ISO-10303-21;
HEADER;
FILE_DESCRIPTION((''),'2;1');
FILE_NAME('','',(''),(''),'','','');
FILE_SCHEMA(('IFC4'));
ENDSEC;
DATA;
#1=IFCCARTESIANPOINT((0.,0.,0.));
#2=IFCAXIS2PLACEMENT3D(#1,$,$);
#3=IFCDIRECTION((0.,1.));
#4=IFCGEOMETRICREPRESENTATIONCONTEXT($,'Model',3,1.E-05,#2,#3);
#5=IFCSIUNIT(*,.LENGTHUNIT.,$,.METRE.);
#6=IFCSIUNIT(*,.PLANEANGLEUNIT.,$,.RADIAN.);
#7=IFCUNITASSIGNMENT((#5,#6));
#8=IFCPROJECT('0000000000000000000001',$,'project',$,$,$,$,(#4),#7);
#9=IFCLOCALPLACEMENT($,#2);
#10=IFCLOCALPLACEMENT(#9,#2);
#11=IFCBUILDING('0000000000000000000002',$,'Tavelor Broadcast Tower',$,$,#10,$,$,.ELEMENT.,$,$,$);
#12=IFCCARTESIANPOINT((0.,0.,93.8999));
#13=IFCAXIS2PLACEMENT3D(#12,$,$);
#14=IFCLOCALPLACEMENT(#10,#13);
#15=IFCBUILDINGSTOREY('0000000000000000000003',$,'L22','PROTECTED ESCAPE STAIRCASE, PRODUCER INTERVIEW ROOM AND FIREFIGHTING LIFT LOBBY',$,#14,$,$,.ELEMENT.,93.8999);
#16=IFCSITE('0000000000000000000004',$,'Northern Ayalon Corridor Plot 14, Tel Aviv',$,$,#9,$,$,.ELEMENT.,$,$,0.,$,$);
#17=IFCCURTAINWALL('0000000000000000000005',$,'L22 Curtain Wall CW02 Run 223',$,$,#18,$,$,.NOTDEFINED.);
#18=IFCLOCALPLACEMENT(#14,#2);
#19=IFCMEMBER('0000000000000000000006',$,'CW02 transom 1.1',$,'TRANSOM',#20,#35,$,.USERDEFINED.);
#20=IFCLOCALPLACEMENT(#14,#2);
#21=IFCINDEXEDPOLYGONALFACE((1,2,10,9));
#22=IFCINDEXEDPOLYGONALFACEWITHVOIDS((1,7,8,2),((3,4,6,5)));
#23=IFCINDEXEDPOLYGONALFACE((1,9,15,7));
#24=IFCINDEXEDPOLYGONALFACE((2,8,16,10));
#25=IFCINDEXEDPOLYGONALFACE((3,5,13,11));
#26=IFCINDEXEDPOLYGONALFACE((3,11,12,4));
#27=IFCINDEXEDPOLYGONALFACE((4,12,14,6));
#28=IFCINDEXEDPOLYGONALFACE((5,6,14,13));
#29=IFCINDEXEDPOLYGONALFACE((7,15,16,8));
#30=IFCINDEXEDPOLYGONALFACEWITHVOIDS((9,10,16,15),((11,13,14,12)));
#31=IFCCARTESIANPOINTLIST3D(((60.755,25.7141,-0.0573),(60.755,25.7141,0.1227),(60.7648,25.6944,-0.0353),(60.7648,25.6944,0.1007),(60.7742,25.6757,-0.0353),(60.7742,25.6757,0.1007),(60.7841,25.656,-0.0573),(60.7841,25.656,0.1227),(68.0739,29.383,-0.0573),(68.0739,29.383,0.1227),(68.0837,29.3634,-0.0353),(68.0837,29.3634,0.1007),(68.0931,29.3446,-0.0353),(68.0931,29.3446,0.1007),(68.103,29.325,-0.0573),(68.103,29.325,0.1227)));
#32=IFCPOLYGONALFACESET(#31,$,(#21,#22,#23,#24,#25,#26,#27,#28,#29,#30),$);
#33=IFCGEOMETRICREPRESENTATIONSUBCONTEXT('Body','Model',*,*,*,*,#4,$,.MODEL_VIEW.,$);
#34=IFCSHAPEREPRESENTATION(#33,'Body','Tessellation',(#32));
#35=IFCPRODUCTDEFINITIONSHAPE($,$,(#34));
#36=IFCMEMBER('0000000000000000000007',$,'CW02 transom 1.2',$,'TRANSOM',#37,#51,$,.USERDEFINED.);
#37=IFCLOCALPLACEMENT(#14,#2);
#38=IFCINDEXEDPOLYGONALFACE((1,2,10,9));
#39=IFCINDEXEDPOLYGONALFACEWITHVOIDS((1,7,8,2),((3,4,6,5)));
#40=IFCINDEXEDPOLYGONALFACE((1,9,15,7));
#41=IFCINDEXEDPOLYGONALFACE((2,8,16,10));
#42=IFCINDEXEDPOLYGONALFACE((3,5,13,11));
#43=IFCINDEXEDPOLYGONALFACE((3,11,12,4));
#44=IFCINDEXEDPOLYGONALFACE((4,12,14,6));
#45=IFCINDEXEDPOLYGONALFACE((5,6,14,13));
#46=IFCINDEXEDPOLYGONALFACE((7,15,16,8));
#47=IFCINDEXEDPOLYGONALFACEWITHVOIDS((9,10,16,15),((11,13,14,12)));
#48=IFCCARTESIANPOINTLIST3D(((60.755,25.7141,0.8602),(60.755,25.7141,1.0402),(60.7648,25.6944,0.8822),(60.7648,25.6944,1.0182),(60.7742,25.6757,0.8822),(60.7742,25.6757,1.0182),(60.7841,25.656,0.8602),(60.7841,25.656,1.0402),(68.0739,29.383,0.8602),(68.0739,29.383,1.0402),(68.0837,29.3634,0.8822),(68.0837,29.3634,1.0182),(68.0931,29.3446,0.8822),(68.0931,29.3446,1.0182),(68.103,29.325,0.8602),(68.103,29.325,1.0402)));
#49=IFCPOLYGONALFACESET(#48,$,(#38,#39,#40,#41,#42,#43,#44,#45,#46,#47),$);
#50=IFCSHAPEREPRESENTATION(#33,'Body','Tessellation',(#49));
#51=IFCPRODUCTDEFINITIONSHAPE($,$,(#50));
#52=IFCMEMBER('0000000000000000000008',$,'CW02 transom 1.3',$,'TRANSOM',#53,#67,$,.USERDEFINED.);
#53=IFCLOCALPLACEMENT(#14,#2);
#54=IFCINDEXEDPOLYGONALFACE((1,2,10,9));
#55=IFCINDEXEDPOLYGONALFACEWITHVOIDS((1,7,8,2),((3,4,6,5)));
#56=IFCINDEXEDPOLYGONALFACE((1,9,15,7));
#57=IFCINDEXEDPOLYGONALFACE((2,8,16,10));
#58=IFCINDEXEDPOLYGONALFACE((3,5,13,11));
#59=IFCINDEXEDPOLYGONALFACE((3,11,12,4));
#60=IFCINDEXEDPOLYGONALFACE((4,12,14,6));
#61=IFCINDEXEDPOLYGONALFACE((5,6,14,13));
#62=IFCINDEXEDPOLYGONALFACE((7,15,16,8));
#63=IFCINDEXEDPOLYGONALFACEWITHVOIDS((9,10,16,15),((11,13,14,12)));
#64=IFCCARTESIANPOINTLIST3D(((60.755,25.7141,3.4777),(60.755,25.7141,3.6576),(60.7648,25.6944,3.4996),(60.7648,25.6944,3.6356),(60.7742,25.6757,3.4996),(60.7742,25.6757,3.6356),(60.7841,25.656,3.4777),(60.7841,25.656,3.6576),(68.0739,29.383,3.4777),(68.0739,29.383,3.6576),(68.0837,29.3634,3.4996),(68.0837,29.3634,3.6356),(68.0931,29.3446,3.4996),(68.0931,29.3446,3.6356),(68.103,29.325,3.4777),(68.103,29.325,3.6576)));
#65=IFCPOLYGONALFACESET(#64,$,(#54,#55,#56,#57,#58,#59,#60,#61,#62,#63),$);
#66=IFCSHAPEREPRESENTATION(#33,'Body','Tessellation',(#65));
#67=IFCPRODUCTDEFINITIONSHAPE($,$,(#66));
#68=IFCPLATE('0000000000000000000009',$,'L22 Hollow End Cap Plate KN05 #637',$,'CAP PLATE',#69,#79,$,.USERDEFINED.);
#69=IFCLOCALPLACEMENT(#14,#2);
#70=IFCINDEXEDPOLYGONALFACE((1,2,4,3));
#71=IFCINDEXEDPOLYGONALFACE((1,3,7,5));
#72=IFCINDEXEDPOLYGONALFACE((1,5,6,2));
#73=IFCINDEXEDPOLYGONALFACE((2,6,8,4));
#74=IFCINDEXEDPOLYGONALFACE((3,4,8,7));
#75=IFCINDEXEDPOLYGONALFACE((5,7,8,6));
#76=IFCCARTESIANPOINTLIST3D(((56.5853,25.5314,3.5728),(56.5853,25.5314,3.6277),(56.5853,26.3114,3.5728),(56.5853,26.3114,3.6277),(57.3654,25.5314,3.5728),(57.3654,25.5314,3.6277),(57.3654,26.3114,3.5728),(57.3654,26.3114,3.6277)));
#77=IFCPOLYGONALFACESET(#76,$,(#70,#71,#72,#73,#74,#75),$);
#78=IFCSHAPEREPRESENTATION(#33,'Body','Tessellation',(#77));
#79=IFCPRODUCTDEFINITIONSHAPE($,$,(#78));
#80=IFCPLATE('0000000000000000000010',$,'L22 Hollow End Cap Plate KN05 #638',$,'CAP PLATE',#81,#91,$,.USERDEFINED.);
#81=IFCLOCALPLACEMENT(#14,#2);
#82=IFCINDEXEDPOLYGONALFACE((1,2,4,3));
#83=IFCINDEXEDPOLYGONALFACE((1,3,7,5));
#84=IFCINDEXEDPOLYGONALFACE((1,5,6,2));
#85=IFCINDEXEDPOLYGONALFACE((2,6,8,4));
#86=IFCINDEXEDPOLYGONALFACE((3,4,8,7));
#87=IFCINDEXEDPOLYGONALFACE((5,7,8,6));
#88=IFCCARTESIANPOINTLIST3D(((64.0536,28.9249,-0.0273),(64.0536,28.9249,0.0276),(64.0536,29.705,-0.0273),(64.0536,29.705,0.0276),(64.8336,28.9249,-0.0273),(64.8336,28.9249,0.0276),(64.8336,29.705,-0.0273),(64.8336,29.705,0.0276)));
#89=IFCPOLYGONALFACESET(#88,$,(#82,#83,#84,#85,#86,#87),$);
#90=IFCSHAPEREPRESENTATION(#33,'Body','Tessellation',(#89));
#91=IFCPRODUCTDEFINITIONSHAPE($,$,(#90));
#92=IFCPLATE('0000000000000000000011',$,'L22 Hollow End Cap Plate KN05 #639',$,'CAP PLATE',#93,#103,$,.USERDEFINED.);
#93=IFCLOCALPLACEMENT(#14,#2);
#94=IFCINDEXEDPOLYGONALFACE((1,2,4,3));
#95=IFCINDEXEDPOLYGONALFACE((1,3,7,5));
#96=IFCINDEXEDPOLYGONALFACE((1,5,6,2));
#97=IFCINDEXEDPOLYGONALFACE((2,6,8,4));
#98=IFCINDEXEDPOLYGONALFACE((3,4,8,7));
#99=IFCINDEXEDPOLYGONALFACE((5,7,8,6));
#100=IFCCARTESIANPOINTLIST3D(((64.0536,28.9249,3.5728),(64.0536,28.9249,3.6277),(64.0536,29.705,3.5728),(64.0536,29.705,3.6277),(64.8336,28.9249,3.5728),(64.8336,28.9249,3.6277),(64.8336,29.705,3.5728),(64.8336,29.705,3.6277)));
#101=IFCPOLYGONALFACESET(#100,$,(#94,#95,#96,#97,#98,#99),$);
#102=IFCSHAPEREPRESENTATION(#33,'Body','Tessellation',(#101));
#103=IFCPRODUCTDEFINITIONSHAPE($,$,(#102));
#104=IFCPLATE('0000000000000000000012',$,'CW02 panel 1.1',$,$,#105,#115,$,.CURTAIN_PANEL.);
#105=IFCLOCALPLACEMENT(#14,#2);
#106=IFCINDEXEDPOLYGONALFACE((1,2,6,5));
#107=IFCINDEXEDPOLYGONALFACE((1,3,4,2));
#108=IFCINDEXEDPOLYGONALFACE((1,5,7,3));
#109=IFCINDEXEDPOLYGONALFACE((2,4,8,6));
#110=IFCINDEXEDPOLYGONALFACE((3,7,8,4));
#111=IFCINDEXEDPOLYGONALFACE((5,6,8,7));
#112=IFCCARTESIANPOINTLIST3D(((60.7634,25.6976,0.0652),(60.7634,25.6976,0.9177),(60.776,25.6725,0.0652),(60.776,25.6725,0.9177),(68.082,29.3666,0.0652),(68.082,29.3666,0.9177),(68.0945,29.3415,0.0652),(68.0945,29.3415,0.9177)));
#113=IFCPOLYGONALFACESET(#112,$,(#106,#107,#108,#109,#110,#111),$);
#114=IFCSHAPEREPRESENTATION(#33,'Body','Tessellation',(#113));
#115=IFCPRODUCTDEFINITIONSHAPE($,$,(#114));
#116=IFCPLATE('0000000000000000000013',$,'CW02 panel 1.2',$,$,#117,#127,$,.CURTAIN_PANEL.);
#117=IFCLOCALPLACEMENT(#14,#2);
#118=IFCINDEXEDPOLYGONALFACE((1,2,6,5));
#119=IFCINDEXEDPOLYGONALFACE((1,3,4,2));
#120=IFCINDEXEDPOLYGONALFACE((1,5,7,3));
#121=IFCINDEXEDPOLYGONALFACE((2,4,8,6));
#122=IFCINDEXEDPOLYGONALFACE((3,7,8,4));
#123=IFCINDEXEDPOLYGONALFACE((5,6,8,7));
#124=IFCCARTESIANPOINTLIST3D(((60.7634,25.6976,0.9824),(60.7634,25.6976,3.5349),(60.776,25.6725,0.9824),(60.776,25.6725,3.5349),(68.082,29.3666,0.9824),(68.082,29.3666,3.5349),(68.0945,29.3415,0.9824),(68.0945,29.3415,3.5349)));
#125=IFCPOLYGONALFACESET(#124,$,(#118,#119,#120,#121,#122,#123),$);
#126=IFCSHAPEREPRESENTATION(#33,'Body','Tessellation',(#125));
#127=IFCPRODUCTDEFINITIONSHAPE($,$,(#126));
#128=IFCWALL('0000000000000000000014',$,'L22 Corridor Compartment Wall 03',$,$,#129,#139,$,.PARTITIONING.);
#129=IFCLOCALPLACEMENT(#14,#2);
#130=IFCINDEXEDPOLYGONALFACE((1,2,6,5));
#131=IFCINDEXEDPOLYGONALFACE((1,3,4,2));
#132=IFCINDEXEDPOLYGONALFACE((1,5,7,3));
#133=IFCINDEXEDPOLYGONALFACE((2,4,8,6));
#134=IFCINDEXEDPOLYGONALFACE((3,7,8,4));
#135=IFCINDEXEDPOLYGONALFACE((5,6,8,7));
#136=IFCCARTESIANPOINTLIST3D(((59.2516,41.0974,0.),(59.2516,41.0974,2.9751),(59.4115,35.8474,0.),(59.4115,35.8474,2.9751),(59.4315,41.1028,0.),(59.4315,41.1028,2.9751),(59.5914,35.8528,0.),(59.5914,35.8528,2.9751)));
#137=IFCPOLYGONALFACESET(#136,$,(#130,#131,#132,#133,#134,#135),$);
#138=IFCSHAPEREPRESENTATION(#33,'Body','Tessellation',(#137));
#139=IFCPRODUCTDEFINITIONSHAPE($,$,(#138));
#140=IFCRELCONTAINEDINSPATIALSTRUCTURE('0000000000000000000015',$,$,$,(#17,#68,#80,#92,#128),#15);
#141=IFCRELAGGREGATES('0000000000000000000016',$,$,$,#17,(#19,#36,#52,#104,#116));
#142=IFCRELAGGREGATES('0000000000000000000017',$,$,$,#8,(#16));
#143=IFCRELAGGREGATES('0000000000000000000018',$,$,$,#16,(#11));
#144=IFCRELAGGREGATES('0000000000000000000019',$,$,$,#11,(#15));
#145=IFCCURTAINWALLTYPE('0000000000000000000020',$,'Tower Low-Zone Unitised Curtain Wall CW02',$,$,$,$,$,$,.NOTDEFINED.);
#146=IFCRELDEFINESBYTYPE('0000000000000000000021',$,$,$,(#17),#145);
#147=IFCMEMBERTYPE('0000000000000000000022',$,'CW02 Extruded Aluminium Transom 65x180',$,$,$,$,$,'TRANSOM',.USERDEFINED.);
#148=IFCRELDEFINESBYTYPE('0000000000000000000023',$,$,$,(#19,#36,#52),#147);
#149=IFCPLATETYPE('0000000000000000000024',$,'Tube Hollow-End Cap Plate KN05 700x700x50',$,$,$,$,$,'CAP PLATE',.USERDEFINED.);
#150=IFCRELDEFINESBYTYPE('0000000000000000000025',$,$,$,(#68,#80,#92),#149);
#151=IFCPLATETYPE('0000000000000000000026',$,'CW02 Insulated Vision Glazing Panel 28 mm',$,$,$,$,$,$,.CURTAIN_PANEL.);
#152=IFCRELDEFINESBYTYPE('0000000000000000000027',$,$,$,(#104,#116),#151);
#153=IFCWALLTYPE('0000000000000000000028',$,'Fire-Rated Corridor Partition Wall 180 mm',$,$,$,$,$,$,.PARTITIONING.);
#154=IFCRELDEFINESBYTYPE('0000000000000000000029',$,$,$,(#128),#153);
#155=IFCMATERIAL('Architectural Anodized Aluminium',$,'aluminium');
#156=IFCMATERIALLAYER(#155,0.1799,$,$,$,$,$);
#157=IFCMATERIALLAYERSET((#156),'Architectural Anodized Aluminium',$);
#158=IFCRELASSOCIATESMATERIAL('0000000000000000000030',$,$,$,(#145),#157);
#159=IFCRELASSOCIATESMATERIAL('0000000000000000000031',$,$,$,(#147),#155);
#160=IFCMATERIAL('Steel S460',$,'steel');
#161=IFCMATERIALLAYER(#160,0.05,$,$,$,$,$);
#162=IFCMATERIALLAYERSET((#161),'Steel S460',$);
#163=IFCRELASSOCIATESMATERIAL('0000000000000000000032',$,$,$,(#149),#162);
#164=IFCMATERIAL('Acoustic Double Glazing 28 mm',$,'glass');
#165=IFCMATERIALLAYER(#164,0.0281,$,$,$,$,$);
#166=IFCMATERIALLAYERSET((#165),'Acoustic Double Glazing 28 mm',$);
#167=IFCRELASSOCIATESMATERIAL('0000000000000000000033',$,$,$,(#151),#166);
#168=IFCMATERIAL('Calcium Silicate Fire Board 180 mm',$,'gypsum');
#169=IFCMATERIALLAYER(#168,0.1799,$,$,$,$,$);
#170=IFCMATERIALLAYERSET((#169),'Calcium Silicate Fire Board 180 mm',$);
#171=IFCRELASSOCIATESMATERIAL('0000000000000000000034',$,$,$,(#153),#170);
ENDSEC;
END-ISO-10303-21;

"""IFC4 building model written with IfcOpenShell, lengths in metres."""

from ifc_helpers import new_model, si_unit, direction, frame, frame_2d, origin, origin_2d, place, context, subcontext, project, spatial, rectangle, hollow_rectangle, extrude, source, transform, mapped, material, layer, layer_set, material_profile, profile_set, type_object, type_shapes, element, aggregate, save


model = new_model("IFC4")

# Units and contexts
model_context = context("Model", 3, precision=1e-05, world=origin(), true_north=direction((0.0, 1.0)))
body_context = subcontext(model_context, "Body", "Model", "MODEL_VIEW")
ifc_project = project(units=[si_unit("LENGTHUNIT", "METRE"), si_unit("PLANEANGLEUNIT", "RADIAN")], contexts=[model_context])

# Site, building, storey
site_placement = place(None, origin())
site = spatial("IfcSite", under=ifc_project, at=site_placement, Name="Northern Ayalon Corridor Plot 14, Tel Aviv", CompositionType="ELEMENT", RefElevation=0.0)
building_placement = place(site_placement, origin())
building = spatial("IfcBuilding", under=site, at=building_placement, Name="Tavelor Broadcast Tower", CompositionType="ELEMENT")
storey_placement = place(building_placement, frame((0.0, 0.0, 93.8999)))
storey = spatial("IfcBuildingStorey", under=building, at=storey_placement, Name="L22", Description="PROTECTED ESCAPE STAIRCASE, PRODUCER INTERVIEW ROOM AND FIREFIGHTING LIFT LOBBY", CompositionType="ELEMENT", Elevation=93.8999)

# Shared definitions
ifc_material_1 = material(Name="Steel S460", Category="steel")

# Shared definitions
ifc_material_2 = material(Name="Architectural Anodized Aluminium", Category="aluminium")
ifc_layer_1 = layer(ifc_material_2, 0.1799)
ifc_layer_set_1 = layer_set([ifc_layer_1], Name="Architectural Anodized Aluminium")
curtain_wall_type = type_object("IfcCurtainWallType", Name="Tower Low-Zone Unitised Curtain Wall CW02", PredefinedType="NOTDEFINED", material=ifc_layer_set_1)

# Curtain wall, members
curtain_wall_1_placement = place(storey_placement, origin())
curtain_wall_1 = element("IfcCurtainWall", 1, at=curtain_wall_1_placement, inside=storey, type_object=curtain_wall_type, Name="L22 Curtain Wall CW02 Run 223", PredefinedType="NOTDEFINED")
ifc_material_profile_1 = material_profile(ifc_material_2, hollow_rectangle(XDim=0.0649, YDim=0.1799, WallThickness=0.022, at=origin_2d()), Name="RHS 65x180x22")
ifc_profile_set_1 = profile_set([ifc_material_profile_1], Name="Architectural Anodized Aluminium")
member_type_1 = type_object("IfcMemberType", Name="CW02 Extruded Aluminium Transom 65x180", ElementType="TRANSOM", PredefinedType="USERDEFINED", material=ifc_profile_set_1)
shared_shape_1 = source(origin(), body_context, "Body", "SweptSolid", [
    extrude(hollow_rectangle(XDim=0.0649, YDim=0.1799, WallThickness=0.022, at=origin_2d()), origin(), (0.0, 0.0, 1.0), 8.187),
])
type_shapes(member_type_1, [shared_shape_1])
member_1_placement = place(storey_placement, frame((60.7695, 25.6851, 0.0327), z_axis=(0.893962, 0.448144, 0.0), x_axis=(-0.448144, 0.893962, 0.0)))
member_1 = element("IfcMember", 2, at=member_1_placement, type_object=member_type_1, Name="CW02 transom 1.1", ObjectType="TRANSOM", PredefinedType="USERDEFINED", context=body_context, shape_type="MappedRepresentation", body=[
    mapped(shared_shape_1, transform((0.0, 0.0, 0.0), scale=1.0)),
])
member_2_placement = place(storey_placement, frame((60.7695, 25.6851, 0.9502), z_axis=(0.893962, 0.448144, 0.0), x_axis=(-0.448144, 0.893962, 0.0)))
member_2 = element("IfcMember", 3, at=member_2_placement, type_object=member_type_1, Name="CW02 transom 1.2", ObjectType="TRANSOM", PredefinedType="USERDEFINED", context=body_context, shape_type="MappedRepresentation", body=[
    mapped(shared_shape_1, transform((0.0, 0.0, 0.0), scale=1.0)),
])
member_3_placement = place(storey_placement, frame((60.7695, 25.6851, 3.5676), z_axis=(0.893962, 0.448144, 0.0), x_axis=(-0.448144, 0.893962, 0.0)))
member_3 = element("IfcMember", 4, at=member_3_placement, type_object=member_type_1, Name="CW02 transom 1.3", ObjectType="TRANSOM", PredefinedType="USERDEFINED", context=body_context, shape_type="MappedRepresentation", body=[
    mapped(shared_shape_1, transform((0.0, 0.0, 0.0), scale=1.0)),
])

# Plates
ifc_layer_2 = layer(ifc_material_1, 0.05)
ifc_layer_set_2 = layer_set([ifc_layer_2], Name="Steel S460")
plate_type_1 = type_object("IfcPlateType", Name="Tube Hollow-End Cap Plate KN05 700x700x50", ElementType="CAP PLATE", PredefinedType="USERDEFINED", material=ifc_layer_set_2)
shared_shape_2 = source(origin(), body_context, "Body", "SweptSolid", [
    extrude(rectangle(XDim=0.78, YDim=0.78, at=origin_2d()), origin(), (0.0, 0.0, 1.0), 0.0549),
])
type_shapes(plate_type_1, [shared_shape_2])
for number, where, z_axis, x_axis, name in (
    (5, (56.9753, 25.9214, 3.5728), (0.0, 0.0, 1.0), (1.0, 0.0, 0.0), "L22 Hollow End Cap Plate KN05 #637"),
    (6, (64.4436, 29.3149, -0.0273), (0.0, 0.0, 1.0), (1.0, 0.0, 0.0), "L22 Hollow End Cap Plate KN05 #638"),
    (7, (64.4436, 29.3149, 3.5728), (0.0, 0.0, 1.0), (1.0, 0.0, 0.0), "L22 Hollow End Cap Plate KN05 #639"),
):
    element("IfcPlate", number, at=place(storey_placement, frame(where, z_axis=z_axis, x_axis=x_axis)), inside=storey, type_object=plate_type_1, Name=name, ObjectType="CAP PLATE", PredefinedType="USERDEFINED", context=body_context, shape_type="MappedRepresentation", body=[
        mapped(shared_shape_2, transform((0.0, 0.0, 0.0), scale=1.0)),
    ])

# Plates
ifc_material_3 = material(Name="Acoustic Double Glazing 28 mm", Category="glass")
ifc_layer_3 = layer(ifc_material_3, 0.0281)
ifc_layer_set_3 = layer_set([ifc_layer_3], Name="Acoustic Double Glazing 28 mm")
plate_type_2 = type_object("IfcPlateType", Name="CW02 Insulated Vision Glazing Panel 28 mm", PredefinedType="CURTAIN_PANEL", material=ifc_layer_set_3)
shared_shape_3 = source(origin(), body_context, "Body", "SweptSolid", [
    extrude(rectangle(XDim=8.1868, YDim=0.0281, at=origin_2d()), origin(), (0.0, 0.0, 1.0), 0.8525),
])
plate_1_placement = place(storey_placement, frame((64.429, 27.5195, 0.0652), z_axis=(0.0, 0.0, 1.0), x_axis=(0.893953, 0.448161, 0.0)))
plate_1 = element("IfcPlate", 8, at=plate_1_placement, type_object=plate_type_2, Name="CW02 panel 1.1", PredefinedType="CURTAIN_PANEL", context=body_context, shape_type="MappedRepresentation", body=[
    mapped(shared_shape_3, transform((0.0, 0.0, 0.0), scale=1.0)),
])
shared_shape_4 = source(origin(), body_context, "Body", "SweptSolid", [
    extrude(rectangle(XDim=8.1868, YDim=0.0281, at=origin_2d()), origin(), (0.0, 0.0, 1.0), 2.5525),
])
type_shapes(plate_type_2, [shared_shape_3, shared_shape_4])
plate_2_placement = place(storey_placement, frame((64.429, 27.5195, 0.9824), z_axis=(0.0, 0.0, 1.0), x_axis=(0.893953, 0.448161, 0.0)))
plate_2 = element("IfcPlate", 9, at=plate_2_placement, type_object=plate_type_2, Name="CW02 panel 1.2", PredefinedType="CURTAIN_PANEL", context=body_context, shape_type="MappedRepresentation", body=[
    mapped(shared_shape_4, transform((0.0, 0.0, 0.0), scale=1.0)),
])
aggregate(curtain_wall_1, [member_1, member_2, member_3, plate_1, plate_2])

# Wall
ifc_material_4 = material(Name="Calcium Silicate Fire Board 180 mm", Category="gypsum")
ifc_layer_4 = layer(ifc_material_4, 0.1799)
ifc_layer_set_4 = layer_set([ifc_layer_4], Name="Calcium Silicate Fire Board 180 mm")
wall_type_1 = type_object("IfcWallType", Name="Fire-Rated Corridor Partition Wall 180 mm", PredefinedType="PARTITIONING", material=ifc_layer_set_4)
wall_1_placement = place(storey_placement, frame((59.3416, 41.1001, 0.0), z_axis=(0.0, 0.0, 1.0), x_axis=(0.030445, -0.999536, 0.0)))
element("IfcWall", 10, at=wall_1_placement, inside=storey, type_object=wall_type_1, Name="L22 Corridor Compartment Wall 03", PredefinedType="PARTITIONING", context=body_context, shape_type="SweptSolid", body=[
    extrude(rectangle(XDim=5.2524, YDim=0.1799, at=frame_2d((2.6262, 0.0))), origin(), (0.0, 0.0, 1.0), 2.9751),
])

save(model, "model.ifc")
